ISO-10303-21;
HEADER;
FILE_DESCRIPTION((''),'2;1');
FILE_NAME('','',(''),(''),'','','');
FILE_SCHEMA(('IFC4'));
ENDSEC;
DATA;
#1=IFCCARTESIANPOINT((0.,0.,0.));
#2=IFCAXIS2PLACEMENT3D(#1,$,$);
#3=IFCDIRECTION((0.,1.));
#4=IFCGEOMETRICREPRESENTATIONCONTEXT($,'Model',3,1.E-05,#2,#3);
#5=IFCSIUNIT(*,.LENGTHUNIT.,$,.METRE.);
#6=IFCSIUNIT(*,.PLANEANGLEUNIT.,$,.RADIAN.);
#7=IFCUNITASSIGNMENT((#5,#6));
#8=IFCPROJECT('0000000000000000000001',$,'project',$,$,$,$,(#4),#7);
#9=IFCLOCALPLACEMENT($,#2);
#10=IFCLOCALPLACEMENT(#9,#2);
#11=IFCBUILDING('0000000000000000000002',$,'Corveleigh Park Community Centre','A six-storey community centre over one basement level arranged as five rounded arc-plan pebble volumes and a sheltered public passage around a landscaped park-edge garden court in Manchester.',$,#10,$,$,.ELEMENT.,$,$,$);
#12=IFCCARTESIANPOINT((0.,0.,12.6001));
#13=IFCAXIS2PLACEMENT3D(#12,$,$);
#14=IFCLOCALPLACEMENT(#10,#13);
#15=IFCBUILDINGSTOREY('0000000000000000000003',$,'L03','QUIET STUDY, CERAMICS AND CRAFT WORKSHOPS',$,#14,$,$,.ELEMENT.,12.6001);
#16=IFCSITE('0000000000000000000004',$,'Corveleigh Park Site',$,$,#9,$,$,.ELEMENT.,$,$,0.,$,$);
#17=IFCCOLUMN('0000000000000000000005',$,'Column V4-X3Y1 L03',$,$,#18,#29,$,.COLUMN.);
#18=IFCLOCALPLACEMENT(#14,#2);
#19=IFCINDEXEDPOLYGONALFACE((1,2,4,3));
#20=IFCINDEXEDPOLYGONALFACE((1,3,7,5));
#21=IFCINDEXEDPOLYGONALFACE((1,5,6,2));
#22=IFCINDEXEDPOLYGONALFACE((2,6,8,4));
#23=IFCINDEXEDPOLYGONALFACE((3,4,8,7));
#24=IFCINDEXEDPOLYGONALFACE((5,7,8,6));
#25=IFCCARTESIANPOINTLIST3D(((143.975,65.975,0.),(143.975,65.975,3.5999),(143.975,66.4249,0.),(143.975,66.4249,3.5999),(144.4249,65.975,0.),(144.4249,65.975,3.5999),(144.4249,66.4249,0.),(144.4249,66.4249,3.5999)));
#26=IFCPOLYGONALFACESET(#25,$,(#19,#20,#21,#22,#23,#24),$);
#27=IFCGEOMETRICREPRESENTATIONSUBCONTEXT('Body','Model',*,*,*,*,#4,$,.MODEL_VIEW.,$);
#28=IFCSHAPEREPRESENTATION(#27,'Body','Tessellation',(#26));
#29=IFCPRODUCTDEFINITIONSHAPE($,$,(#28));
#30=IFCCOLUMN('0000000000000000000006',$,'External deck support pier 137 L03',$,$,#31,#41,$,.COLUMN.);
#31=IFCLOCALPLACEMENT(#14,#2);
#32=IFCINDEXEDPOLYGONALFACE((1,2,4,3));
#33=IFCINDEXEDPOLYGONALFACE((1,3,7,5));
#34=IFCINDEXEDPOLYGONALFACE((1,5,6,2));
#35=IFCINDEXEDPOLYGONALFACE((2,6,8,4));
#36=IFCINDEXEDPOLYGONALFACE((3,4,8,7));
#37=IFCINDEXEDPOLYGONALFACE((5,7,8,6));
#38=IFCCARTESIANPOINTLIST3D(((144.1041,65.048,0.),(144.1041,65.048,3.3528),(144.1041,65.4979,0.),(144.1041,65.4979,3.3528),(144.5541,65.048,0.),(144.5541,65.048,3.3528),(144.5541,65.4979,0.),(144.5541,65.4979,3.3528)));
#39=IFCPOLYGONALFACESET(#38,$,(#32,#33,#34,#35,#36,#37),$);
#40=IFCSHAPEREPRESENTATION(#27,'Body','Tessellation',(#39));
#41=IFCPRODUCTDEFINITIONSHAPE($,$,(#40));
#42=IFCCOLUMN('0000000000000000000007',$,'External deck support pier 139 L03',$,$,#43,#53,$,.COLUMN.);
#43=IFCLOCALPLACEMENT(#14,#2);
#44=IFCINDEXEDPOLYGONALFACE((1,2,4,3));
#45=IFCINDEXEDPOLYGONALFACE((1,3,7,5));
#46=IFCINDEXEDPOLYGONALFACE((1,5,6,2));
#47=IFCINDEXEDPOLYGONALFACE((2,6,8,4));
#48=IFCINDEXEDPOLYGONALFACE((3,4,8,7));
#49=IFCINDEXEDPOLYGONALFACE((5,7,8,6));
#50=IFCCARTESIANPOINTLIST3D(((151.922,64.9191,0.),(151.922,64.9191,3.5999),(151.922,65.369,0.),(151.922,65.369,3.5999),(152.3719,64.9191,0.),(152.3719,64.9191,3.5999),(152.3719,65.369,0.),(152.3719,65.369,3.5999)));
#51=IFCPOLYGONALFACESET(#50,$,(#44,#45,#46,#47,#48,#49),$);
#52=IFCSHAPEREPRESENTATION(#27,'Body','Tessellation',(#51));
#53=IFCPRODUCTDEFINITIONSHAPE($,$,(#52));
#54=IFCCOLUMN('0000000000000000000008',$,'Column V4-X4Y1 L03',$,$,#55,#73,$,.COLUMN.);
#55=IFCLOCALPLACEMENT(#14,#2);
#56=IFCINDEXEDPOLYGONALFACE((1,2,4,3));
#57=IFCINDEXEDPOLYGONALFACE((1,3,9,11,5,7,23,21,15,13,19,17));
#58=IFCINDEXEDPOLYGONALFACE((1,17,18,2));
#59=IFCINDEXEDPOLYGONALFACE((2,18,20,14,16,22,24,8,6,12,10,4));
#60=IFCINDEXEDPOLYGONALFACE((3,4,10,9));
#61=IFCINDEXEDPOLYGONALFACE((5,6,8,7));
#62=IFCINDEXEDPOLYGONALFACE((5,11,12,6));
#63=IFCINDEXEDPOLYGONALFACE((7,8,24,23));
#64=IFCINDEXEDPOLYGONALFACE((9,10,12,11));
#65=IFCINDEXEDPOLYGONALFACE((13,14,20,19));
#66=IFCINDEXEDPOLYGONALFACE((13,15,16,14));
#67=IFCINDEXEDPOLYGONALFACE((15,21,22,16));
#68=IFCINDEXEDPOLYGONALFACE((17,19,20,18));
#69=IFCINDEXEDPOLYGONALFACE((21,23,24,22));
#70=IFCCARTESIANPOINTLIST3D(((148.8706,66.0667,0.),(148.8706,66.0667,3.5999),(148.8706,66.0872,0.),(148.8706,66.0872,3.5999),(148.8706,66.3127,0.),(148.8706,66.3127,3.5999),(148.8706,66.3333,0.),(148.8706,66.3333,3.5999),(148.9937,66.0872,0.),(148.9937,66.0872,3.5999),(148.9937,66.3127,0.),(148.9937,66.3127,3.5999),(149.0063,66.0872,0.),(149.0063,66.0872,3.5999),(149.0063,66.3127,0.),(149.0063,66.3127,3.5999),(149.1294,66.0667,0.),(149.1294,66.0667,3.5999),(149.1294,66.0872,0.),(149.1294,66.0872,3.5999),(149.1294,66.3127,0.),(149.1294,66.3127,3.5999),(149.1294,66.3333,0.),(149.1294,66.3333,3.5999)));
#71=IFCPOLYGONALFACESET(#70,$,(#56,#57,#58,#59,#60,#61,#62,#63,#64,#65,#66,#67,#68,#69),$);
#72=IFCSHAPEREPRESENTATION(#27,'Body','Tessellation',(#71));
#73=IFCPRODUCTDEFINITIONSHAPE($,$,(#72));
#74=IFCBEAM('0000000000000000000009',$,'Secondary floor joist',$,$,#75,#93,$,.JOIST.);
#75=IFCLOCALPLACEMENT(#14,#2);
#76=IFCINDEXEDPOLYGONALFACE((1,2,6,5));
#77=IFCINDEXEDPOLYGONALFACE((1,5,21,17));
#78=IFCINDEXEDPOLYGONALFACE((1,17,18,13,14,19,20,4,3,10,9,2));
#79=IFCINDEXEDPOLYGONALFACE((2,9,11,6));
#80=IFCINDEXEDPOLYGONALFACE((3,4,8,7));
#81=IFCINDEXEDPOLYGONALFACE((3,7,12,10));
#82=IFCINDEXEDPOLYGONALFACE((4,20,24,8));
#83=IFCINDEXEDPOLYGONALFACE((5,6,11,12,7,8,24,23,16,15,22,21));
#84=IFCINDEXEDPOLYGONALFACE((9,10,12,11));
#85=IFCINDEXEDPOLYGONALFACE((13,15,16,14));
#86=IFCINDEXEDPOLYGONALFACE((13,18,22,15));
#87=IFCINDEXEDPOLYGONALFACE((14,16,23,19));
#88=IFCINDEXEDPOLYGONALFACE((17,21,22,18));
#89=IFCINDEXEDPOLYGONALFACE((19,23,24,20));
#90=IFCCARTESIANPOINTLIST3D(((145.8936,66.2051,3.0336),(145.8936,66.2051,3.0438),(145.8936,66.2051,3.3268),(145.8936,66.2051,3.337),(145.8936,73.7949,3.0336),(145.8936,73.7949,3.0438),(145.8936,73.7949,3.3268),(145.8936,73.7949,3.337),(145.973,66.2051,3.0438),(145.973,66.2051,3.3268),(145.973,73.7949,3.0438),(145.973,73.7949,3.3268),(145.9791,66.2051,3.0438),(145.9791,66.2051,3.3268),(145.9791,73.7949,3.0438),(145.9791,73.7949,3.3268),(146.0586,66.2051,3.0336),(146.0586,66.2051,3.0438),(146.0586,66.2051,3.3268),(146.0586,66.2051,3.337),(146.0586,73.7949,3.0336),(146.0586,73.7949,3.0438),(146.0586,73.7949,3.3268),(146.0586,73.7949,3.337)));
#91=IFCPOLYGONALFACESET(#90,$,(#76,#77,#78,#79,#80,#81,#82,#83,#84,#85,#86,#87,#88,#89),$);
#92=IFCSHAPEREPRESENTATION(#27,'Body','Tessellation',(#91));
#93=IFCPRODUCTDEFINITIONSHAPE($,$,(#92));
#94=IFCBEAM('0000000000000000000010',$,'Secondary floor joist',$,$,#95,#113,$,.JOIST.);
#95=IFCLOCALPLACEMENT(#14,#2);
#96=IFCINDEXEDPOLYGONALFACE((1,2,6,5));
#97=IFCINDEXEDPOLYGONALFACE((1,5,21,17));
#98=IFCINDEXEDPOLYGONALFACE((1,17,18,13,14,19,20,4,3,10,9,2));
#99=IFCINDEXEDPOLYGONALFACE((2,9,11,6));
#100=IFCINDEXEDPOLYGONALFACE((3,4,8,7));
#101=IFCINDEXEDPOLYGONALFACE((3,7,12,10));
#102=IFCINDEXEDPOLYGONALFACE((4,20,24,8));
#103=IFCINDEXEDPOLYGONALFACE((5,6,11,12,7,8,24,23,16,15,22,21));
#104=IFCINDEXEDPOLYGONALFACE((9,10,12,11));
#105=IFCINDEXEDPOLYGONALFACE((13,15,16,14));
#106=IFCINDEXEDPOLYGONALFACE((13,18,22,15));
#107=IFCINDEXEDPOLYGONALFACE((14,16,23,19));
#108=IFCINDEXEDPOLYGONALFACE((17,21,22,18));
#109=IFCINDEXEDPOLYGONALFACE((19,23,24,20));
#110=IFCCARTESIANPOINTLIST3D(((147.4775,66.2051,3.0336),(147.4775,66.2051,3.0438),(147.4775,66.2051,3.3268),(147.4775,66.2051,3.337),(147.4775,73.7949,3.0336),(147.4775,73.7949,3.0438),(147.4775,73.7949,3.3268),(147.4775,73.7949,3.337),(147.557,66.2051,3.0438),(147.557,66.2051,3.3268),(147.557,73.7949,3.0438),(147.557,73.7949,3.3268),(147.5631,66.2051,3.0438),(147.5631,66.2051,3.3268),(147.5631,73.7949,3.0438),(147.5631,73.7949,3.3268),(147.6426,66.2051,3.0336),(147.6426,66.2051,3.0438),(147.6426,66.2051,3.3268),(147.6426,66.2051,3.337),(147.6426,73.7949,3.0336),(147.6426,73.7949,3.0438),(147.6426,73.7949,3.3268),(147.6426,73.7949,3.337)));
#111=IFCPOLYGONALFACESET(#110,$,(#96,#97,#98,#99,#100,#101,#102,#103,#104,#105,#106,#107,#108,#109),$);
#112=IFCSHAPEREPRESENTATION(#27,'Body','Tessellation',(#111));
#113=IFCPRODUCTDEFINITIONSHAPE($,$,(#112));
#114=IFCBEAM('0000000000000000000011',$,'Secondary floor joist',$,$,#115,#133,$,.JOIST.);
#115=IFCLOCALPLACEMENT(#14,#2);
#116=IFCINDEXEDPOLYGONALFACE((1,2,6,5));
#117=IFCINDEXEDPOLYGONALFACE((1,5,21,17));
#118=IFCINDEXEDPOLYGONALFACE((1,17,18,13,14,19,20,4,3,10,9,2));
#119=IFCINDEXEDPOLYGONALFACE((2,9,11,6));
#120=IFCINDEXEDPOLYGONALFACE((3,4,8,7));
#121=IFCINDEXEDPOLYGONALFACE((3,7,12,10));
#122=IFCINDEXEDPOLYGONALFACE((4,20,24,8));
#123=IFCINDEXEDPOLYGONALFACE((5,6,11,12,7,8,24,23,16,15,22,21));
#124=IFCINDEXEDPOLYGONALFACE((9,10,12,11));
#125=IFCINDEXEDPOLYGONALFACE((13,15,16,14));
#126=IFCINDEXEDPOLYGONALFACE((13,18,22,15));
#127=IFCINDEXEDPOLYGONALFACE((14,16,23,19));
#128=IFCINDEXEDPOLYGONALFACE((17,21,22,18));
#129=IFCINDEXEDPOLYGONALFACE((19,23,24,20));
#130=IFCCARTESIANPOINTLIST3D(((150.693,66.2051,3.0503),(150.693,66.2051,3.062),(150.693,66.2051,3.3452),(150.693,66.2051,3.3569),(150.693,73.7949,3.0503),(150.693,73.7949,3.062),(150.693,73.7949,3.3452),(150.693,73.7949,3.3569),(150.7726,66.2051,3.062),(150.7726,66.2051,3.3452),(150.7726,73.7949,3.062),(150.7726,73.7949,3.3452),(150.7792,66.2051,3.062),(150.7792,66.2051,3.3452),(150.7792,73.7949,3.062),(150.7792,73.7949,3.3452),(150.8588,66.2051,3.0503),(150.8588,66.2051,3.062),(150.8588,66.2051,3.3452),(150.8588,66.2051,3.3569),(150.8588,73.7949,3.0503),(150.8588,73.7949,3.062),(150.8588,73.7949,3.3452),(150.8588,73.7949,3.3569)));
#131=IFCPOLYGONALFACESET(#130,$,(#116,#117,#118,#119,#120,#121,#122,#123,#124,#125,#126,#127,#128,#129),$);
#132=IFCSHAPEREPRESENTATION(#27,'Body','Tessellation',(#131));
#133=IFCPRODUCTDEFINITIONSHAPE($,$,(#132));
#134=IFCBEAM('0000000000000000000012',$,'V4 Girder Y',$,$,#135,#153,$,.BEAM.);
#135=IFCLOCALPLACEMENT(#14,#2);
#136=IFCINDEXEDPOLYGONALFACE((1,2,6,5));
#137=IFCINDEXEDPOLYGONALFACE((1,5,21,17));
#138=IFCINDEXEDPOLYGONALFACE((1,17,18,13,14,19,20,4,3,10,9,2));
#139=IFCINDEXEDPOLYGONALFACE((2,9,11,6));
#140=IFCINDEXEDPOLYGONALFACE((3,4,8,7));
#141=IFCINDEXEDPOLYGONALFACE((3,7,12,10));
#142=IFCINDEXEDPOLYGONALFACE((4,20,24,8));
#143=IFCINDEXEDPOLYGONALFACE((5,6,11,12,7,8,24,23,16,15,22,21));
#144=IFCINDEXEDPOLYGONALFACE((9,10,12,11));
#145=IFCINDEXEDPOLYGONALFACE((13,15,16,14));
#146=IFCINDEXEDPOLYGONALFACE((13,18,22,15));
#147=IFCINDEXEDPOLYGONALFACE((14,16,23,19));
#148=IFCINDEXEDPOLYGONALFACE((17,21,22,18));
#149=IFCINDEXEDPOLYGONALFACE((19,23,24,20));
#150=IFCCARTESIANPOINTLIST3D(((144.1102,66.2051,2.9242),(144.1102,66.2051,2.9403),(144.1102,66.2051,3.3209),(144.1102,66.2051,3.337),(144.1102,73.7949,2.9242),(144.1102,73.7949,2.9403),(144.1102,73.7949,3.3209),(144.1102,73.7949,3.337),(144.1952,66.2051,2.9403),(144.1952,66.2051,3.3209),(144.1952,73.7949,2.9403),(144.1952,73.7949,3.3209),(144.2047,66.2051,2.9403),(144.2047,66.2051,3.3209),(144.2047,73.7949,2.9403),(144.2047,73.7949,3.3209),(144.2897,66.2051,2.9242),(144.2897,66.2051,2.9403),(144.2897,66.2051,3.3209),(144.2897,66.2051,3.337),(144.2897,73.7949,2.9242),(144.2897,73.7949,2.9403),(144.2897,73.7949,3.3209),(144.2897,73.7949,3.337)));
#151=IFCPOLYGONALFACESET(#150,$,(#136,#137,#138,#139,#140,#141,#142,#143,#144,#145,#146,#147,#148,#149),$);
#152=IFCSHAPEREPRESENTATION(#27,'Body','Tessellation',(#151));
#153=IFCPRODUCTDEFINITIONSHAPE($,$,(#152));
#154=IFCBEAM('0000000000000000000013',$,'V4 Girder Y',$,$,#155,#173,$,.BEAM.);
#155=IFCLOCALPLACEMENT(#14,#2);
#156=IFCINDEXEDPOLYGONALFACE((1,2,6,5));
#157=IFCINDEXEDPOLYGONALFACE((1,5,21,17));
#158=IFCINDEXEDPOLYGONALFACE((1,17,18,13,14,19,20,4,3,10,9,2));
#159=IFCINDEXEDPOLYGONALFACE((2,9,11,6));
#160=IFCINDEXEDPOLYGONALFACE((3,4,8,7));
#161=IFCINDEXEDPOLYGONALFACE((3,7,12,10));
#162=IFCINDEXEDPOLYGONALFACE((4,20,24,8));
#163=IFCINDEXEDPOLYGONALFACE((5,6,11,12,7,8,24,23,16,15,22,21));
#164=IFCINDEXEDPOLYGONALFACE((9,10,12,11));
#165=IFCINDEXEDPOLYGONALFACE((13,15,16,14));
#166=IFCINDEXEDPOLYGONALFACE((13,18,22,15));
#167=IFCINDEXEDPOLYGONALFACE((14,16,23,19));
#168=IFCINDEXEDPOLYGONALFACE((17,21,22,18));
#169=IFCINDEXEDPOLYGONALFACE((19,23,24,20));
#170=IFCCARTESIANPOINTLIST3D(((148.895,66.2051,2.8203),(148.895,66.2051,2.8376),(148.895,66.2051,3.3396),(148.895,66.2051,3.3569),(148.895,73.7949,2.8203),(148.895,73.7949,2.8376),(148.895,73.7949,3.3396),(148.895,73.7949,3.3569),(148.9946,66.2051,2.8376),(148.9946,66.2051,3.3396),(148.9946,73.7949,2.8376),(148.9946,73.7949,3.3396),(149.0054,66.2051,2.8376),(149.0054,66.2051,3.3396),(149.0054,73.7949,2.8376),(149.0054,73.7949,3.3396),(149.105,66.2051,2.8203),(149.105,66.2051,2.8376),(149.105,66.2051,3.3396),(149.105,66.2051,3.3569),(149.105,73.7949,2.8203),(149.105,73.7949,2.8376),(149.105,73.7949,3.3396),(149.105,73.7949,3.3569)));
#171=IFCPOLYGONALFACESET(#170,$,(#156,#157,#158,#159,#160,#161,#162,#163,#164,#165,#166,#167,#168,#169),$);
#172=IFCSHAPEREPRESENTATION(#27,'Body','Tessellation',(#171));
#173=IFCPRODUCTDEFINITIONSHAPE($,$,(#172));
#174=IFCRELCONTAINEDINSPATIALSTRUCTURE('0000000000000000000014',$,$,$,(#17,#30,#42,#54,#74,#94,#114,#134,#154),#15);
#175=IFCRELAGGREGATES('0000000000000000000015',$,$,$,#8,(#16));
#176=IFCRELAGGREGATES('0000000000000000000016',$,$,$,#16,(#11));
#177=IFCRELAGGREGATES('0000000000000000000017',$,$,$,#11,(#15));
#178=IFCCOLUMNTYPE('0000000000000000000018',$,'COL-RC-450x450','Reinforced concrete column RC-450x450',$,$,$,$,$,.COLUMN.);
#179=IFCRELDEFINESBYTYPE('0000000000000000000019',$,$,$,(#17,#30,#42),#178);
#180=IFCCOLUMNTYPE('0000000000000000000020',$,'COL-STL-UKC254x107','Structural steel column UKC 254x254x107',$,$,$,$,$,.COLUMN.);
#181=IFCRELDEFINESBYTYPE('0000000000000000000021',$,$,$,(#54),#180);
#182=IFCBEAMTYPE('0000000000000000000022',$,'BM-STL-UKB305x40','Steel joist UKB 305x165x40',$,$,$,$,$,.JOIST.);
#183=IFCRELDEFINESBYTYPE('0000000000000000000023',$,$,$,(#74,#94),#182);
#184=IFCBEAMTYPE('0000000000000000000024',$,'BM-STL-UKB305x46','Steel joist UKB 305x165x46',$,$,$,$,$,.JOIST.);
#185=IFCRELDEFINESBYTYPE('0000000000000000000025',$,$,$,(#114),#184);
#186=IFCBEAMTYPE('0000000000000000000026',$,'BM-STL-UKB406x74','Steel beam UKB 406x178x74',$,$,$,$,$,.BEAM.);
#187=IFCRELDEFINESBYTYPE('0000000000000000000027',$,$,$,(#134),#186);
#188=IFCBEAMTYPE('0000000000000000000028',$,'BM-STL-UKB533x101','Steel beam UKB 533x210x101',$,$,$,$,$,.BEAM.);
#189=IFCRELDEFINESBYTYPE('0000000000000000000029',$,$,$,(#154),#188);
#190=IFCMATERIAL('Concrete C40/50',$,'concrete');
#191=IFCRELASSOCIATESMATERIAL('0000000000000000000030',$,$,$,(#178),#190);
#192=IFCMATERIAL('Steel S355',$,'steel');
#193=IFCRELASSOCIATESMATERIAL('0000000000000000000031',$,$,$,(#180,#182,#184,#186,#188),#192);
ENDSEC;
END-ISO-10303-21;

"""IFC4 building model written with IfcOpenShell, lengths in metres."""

from ifc_helpers import new_model, si_unit, direction, frame, origin, origin_2d, place, context, subcontext, project, spatial, rectangle, i_section, extrude, material, material_profile, profile_set, type_object, element, save


model = new_model("IFC4")

# Units and contexts
model_context = context("Model", 3, precision=1e-05, world=origin(), true_north=direction((0.0, 1.0)))
body_context = subcontext(model_context, "Body", "Model", "MODEL_VIEW")
ifc_project = project(units=[si_unit("LENGTHUNIT", "METRE"), si_unit("PLANEANGLEUNIT", "RADIAN")], contexts=[model_context])

# Site, building, storey
site_placement = place(None, origin())
site = spatial("IfcSite", under=ifc_project, at=site_placement, Name="Corveleigh Park Site", CompositionType="ELEMENT", RefElevation=0.0)
building_placement = place(site_placement, origin())
building = spatial("IfcBuilding", under=site, at=building_placement, Name="Corveleigh Park Community Centre", Description="A six-storey community centre over one basement level arranged as five rounded arc-plan pebble volumes and a sheltered public passage around a landscaped park-edge garden court in Manchester.", CompositionType="ELEMENT")
storey_placement = place(building_placement, frame((0.0, 0.0, 12.6001)))
storey = spatial("IfcBuildingStorey", under=building, at=storey_placement, Name="L03", Description="QUIET STUDY, CERAMICS AND CRAFT WORKSHOPS", CompositionType="ELEMENT", Elevation=12.6001)

# Columns
ifc_material_1 = material(Name="Concrete C40/50", Category="concrete")
ifc_material_profile_1 = material_profile(ifc_material_1, rectangle(XDim=0.45, YDim=0.45, at=origin_2d()), Name="RC-450x450", Category="concrete")
ifc_profile_set_1 = profile_set([ifc_material_profile_1], Name="Concrete C40/50")
column_type_1 = type_object("IfcColumnType", Name="COL-RC-450x450", Description="Reinforced concrete column RC-450x450", PredefinedType="COLUMN", material=ifc_profile_set_1)
column_1_placement = place(storey_placement, frame((144.2, 66.2, 0.0), z_axis=(0.0, 0.0, 1.0), x_axis=(1.0, 0.0, 0.0)))
element("IfcColumn", 1, at=column_1_placement, inside=storey, type_object=column_type_1, Name="Column V4-X3Y1 L03", PredefinedType="COLUMN", context=body_context, shape_type="SweptSolid", body=[
    extrude(rectangle(XDim=0.45, YDim=0.45, at=origin_2d()), origin(), (0.0, 0.0, 1.0), 3.5999),
])
column_2_placement = place(storey_placement, frame((144.3291, 65.2729, 0.0), z_axis=(0.0, 0.0, 1.0), x_axis=(1.0, 0.0, 0.0)))
element("IfcColumn", 2, at=column_2_placement, inside=storey, type_object=column_type_1, Name="External deck support pier 137 L03", PredefinedType="COLUMN", context=body_context, shape_type="SweptSolid", body=[
    extrude(rectangle(XDim=0.45, YDim=0.45, at=origin_2d()), origin(), (0.0, 0.0, 1.0), 3.3528),
])
column_3_placement = place(storey_placement, frame((152.147, 65.144, 0.0), z_axis=(0.0, 0.0, 1.0), x_axis=(1.0, 0.0, 0.0)))
element("IfcColumn", 3, at=column_3_placement, inside=storey, type_object=column_type_1, Name="External deck support pier 139 L03", PredefinedType="COLUMN", context=body_context, shape_type="SweptSolid", body=[
    extrude(rectangle(XDim=0.45, YDim=0.45, at=origin_2d()), origin(), (0.0, 0.0, 1.0), 3.5999),
])
ifc_material_2 = material(Name="Steel S355", Category="steel")
ifc_material_profile_2 = material_profile(ifc_material_2, i_section(OverallWidth=0.2588, OverallDepth=0.2666, WebThickness=0.0127, FlangeThickness=0.0205, at=origin_2d()), Name="UKC 254x254x107", Category="steel")
ifc_profile_set_2 = profile_set([ifc_material_profile_2], Name="Steel S355")
column_type_2 = type_object("IfcColumnType", Name="COL-STL-UKC254x107", Description="Structural steel column UKC 254x254x107", PredefinedType="COLUMN", material=ifc_profile_set_2)
column_4_placement = place(storey_placement, frame((149.0, 66.2, 0.0), z_axis=(0.0, 0.0, 1.0), x_axis=(1.0, 0.0, 0.0)))
element("IfcColumn", 4, at=column_4_placement, inside=storey, type_object=column_type_2, Name="Column V4-X4Y1 L03", PredefinedType="COLUMN", context=body_context, shape_type="SweptSolid", body=[
    extrude(i_section(OverallWidth=0.2588, OverallDepth=0.2666, WebThickness=0.0127, FlangeThickness=0.0205, at=origin_2d()), origin(), (0.0, 0.0, 1.0), 3.5999),
])

# Beams
ifc_material_profile_3 = material_profile(ifc_material_2, i_section(OverallWidth=0.165, OverallDepth=0.3035, WebThickness=0.0061, FlangeThickness=0.0103, at=origin_2d()), Name="UKB 305x165x40", Category="steel")
ifc_profile_set_3 = profile_set([ifc_material_profile_3], Name="Steel S355")
beam_type_1 = type_object("IfcBeamType", Name="BM-STL-UKB305x40", Description="Steel joist UKB 305x165x40", PredefinedType="JOIST", material=ifc_profile_set_3)
for number, where, z_axis, x_axis, name in (
    (5, (145.9761, 66.2051, 3.1853), (0.0, 1.0, 0.0), (-1.0, 0.0, 0.0), "Secondary floor joist"),
    (6, (147.5601, 66.2051, 3.1853), (0.0, 1.0, 0.0), (-1.0, 0.0, 0.0), "Secondary floor joist"),
):
    element("IfcBeam", number, at=place(storey_placement, frame(where, z_axis=z_axis, x_axis=x_axis)), inside=storey, type_object=beam_type_1, Name=name, PredefinedType="JOIST", context=body_context, shape_type="SweptSolid", body=[
        extrude(i_section(OverallWidth=0.165, OverallDepth=0.3035, WebThickness=0.0061, FlangeThickness=0.0103, at=origin_2d()), origin(), (0.0, 0.0, 1.0), 7.5898),
    ])
ifc_material_profile_4 = material_profile(ifc_material_2, i_section(OverallWidth=0.1658, OverallDepth=0.3066, WebThickness=0.0066, FlangeThickness=0.0117, at=origin_2d()), Name="UKB 305x165x46", Category="steel")
ifc_profile_set_4 = profile_set([ifc_material_profile_4], Name="Steel S355")
beam_type_2 = type_object("IfcBeamType", Name="BM-STL-UKB305x46", Description="Steel joist UKB 305x165x46", PredefinedType="JOIST", material=ifc_profile_set_4)
beam_1_placement = place(storey_placement, frame((150.7759, 66.2051, 3.2036), z_axis=(0.0, 1.0, 0.0), x_axis=(-1.0, 0.0, 0.0)))
element("IfcBeam", 7, at=beam_1_placement, inside=storey, type_object=beam_type_2, Name="Secondary floor joist", PredefinedType="JOIST", context=body_context, shape_type="SweptSolid", body=[
    extrude(i_section(OverallWidth=0.1658, OverallDepth=0.3066, WebThickness=0.0066, FlangeThickness=0.0117, at=origin_2d()), origin(), (0.0, 0.0, 1.0), 7.5898),
])
ifc_material_profile_5 = material_profile(ifc_material_2, i_section(OverallWidth=0.1794, OverallDepth=0.4128, WebThickness=0.0095, FlangeThickness=0.0161, at=origin_2d()), Name="UKB 406x178x74", Category="steel")
ifc_profile_set_5 = profile_set([ifc_material_profile_5], Name="Steel S355")
beam_type_3 = type_object("IfcBeamType", Name="BM-STL-UKB406x74", Description="Steel beam UKB 406x178x74", PredefinedType="BEAM", material=ifc_profile_set_5)
beam_2_placement = place(storey_placement, frame((144.2, 66.2051, 3.1306), z_axis=(0.0, 1.0, 0.0), x_axis=(-1.0, 0.0, 0.0)))
element("IfcBeam", 8, at=beam_2_placement, inside=storey, type_object=beam_type_3, Name="V4 Girder Y", PredefinedType="BEAM", context=body_context, shape_type="SweptSolid", body=[
    extrude(i_section(OverallWidth=0.1794, OverallDepth=0.4128, WebThickness=0.0095, FlangeThickness=0.0161, at=origin_2d()), origin(), (0.0, 0.0, 1.0), 7.5898),
])
ifc_material_profile_6 = material_profile(ifc_material_2, i_section(OverallWidth=0.21, OverallDepth=0.5366, WebThickness=0.0107, FlangeThickness=0.0173, at=origin_2d()), Name="UKB 533x210x101", Category="steel")
ifc_profile_set_6 = profile_set([ifc_material_profile_6], Name="Steel S355")
beam_type_4 = type_object("IfcBeamType", Name="BM-STL-UKB533x101", Description="Steel beam UKB 533x210x101", PredefinedType="BEAM", material=ifc_profile_set_6)
beam_3_placement = place(storey_placement, frame((149.0, 66.2051, 3.0886), z_axis=(0.0, 1.0, 0.0), x_axis=(-1.0, 0.0, 0.0)))
element("IfcBeam", 9, at=beam_3_placement, inside=storey, type_object=beam_type_4, Name="V4 Girder Y", PredefinedType="BEAM", context=body_context, shape_type="SweptSolid", body=[
    extrude(i_section(OverallWidth=0.21, OverallDepth=0.5366, WebThickness=0.0107, FlangeThickness=0.0173, at=origin_2d()), origin(), (0.0, 0.0, 1.0), 7.5898),
])

save(model, "model.ifc")
